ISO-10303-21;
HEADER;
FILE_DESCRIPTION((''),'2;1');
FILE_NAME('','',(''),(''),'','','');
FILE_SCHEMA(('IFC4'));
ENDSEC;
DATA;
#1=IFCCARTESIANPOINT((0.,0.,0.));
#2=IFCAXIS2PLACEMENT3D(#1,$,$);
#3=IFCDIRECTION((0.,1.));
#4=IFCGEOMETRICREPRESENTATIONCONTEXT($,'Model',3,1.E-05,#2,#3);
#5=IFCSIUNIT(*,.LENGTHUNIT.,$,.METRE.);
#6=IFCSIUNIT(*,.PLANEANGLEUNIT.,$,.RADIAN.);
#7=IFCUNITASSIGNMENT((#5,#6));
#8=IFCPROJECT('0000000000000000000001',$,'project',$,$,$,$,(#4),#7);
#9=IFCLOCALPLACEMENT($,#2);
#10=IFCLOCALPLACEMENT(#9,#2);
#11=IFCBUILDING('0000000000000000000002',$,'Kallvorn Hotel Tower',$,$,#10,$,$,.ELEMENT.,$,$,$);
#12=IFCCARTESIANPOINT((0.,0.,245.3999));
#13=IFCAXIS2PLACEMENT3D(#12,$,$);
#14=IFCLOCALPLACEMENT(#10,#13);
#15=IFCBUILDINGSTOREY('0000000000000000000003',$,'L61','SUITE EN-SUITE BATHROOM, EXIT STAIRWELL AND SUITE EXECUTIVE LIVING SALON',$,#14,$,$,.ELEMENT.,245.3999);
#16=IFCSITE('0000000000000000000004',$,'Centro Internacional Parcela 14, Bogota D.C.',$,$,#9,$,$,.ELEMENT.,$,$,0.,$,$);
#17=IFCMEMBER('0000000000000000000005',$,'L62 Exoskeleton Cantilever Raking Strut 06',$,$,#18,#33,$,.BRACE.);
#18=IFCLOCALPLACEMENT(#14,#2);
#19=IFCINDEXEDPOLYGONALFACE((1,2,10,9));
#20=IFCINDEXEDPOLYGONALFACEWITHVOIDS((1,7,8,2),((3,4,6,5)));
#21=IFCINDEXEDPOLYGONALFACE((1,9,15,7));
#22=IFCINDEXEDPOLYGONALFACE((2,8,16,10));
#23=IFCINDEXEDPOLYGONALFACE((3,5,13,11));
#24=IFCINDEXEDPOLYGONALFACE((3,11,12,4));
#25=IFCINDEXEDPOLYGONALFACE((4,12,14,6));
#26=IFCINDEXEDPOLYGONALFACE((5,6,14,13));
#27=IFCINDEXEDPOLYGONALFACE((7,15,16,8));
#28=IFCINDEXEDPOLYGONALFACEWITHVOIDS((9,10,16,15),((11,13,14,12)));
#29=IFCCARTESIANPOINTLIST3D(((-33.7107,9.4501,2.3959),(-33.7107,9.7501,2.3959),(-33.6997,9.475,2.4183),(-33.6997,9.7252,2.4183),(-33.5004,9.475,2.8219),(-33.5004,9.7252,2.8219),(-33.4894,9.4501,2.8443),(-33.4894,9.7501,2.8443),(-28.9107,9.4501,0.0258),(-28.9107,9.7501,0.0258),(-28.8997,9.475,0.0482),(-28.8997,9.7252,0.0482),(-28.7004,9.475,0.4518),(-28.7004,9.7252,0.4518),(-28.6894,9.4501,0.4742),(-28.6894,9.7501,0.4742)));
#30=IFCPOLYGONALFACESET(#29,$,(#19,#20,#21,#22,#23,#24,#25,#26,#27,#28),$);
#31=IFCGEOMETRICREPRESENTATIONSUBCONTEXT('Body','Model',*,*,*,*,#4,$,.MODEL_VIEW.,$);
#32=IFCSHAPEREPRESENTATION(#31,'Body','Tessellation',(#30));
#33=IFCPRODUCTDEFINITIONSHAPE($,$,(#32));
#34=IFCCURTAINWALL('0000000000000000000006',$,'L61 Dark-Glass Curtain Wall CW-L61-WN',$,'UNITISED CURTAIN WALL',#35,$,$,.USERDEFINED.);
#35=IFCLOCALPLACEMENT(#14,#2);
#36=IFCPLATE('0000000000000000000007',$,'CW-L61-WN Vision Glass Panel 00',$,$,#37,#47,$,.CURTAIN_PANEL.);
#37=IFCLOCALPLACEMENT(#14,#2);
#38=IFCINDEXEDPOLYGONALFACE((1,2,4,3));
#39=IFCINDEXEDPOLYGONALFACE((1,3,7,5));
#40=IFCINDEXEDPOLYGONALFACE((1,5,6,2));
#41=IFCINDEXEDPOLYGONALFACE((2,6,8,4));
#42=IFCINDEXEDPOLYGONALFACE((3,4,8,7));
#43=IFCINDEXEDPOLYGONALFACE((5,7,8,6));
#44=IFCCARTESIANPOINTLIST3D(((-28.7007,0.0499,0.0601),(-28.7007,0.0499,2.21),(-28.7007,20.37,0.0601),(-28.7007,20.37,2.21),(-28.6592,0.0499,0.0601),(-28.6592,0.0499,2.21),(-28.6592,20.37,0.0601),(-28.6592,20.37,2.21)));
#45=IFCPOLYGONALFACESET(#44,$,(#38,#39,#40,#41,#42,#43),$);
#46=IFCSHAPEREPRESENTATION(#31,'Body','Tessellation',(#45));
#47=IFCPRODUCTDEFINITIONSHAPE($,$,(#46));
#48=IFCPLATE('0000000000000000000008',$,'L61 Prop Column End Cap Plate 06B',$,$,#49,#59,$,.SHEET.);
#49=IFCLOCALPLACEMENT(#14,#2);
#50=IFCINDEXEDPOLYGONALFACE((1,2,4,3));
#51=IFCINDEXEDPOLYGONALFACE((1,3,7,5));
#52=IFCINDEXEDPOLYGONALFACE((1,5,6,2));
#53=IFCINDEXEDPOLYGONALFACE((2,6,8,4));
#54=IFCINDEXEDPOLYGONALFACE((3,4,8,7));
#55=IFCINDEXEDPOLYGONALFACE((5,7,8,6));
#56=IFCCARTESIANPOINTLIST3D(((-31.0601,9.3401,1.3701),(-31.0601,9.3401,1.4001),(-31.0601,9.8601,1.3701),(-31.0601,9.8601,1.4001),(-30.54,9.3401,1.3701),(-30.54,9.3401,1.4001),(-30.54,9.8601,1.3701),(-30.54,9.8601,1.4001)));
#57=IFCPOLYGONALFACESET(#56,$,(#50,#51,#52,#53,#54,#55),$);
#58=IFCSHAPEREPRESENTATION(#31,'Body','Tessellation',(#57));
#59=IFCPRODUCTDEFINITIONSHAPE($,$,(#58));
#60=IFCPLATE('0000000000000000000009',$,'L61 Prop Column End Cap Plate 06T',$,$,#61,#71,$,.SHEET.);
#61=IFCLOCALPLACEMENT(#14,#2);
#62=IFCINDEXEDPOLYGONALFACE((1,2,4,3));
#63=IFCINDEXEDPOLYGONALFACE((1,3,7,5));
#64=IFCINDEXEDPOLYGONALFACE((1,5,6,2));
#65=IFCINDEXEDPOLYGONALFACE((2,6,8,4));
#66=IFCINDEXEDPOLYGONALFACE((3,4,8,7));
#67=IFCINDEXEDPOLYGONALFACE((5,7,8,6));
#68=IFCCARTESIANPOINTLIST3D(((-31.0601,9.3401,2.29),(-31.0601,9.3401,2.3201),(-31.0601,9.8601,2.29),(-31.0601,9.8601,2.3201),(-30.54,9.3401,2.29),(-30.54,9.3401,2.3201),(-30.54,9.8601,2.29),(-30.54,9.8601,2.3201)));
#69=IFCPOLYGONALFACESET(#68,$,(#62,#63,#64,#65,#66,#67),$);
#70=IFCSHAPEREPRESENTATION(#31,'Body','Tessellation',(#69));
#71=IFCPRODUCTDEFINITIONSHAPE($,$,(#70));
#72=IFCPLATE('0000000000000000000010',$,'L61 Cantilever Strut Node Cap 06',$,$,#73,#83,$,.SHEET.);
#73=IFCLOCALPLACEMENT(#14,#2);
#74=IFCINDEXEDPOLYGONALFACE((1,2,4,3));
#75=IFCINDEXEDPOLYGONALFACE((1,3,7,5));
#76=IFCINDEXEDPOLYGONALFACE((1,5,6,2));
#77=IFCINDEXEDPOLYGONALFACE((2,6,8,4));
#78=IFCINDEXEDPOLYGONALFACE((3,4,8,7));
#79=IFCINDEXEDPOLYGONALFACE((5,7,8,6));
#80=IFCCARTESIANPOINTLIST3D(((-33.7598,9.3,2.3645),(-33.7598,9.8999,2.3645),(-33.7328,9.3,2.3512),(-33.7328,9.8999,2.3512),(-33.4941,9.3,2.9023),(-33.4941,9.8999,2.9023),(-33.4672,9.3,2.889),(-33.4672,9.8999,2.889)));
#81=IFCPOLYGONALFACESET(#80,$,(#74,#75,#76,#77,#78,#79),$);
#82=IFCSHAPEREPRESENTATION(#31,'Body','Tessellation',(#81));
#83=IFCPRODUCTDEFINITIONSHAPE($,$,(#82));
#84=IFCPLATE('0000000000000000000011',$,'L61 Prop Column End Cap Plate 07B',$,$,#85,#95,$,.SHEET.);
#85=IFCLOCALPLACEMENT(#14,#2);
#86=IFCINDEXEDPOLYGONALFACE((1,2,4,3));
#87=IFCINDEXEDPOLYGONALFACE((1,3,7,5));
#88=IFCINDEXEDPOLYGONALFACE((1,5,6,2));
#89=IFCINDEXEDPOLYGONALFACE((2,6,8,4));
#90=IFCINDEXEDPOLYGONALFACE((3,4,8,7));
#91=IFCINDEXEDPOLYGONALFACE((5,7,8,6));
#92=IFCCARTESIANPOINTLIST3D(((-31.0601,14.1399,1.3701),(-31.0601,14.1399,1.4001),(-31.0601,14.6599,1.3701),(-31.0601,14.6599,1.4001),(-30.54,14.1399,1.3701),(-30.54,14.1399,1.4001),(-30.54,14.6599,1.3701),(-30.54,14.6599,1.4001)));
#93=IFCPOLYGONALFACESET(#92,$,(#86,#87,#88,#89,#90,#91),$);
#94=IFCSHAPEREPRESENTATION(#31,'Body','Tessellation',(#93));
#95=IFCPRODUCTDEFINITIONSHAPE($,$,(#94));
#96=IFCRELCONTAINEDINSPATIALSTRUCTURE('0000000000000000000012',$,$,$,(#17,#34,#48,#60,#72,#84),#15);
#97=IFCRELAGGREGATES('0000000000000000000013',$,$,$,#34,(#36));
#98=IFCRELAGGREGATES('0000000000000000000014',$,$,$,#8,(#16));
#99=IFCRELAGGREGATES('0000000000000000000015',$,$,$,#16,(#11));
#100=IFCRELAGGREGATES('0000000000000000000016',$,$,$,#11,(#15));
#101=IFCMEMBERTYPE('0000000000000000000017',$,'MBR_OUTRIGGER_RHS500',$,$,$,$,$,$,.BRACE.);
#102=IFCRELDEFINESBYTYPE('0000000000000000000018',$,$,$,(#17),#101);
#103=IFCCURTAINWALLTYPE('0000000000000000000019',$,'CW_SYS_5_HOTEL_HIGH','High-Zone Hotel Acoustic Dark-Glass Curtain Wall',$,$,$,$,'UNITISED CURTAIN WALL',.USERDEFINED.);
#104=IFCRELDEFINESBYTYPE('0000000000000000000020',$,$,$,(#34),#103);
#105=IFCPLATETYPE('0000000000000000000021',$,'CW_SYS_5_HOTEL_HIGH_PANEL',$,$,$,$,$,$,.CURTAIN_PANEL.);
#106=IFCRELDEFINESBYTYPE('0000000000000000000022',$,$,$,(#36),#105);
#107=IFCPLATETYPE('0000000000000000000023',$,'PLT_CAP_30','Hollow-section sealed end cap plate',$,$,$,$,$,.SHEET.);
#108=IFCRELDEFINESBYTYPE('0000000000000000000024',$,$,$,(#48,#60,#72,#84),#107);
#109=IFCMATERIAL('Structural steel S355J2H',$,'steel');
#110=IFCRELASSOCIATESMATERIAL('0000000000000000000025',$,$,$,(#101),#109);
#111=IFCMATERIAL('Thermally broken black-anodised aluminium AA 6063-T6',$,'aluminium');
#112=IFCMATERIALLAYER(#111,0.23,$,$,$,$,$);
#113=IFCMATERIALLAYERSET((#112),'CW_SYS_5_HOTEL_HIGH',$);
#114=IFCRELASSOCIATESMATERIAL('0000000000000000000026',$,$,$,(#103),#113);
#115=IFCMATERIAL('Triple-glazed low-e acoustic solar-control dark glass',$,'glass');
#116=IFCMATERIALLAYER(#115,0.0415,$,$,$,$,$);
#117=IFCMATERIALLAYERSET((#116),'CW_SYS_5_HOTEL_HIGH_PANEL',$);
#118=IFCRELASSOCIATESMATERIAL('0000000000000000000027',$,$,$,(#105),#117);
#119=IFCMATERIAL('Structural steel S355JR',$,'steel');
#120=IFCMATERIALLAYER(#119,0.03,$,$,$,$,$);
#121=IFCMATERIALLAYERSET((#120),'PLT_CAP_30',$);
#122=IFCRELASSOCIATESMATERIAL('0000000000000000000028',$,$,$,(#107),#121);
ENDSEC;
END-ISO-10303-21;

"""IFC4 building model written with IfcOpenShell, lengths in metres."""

from ifc_helpers import new_model, si_unit, direction, frame, origin, origin_2d, place, context, subcontext, project, spatial, polyline, rectangle, hollow_rectangle, outline, extrude, material, layer, layer_set, material_profile, profile_set, type_object, element, aggregate, save


model = new_model("IFC4")

# Units and contexts
model_context = context("Model", 3, precision=1e-05, world=origin(), true_north=direction((0.0, 1.0)))
body_context = subcontext(model_context, "Body", "Model", "MODEL_VIEW")
ifc_project = project(units=[si_unit("LENGTHUNIT", "METRE"), si_unit("PLANEANGLEUNIT", "RADIAN")], contexts=[model_context])

# Site, building, storey
site_placement = place(None, origin())
site = spatial("IfcSite", under=ifc_project, at=site_placement, Name="Centro Internacional Parcela 14, Bogota D.C.", CompositionType="ELEMENT", RefElevation=0.0)
building_placement = place(site_placement, origin())
building = spatial("IfcBuilding", under=site, at=building_placement, Name="Kallvorn Hotel Tower", CompositionType="ELEMENT")
storey_placement = place(building_placement, frame((0.0, 0.0, 245.3999)))
storey = spatial("IfcBuildingStorey", under=building, at=storey_placement, Name="L61", Description="SUITE EN-SUITE BATHROOM, EXIT STAIRWELL AND SUITE EXECUTIVE LIVING SALON", CompositionType="ELEMENT", Elevation=245.3999)

# Member
ifc_material_1 = material(Name="Structural steel S355J2H", Category="steel")
ifc_material_profile_1 = material_profile(ifc_material_1, hollow_rectangle(XDim=0.3, YDim=0.5, WallThickness=0.0249, at=origin_2d()), Name="RHS 500x300x25")
ifc_profile_set_1 = profile_set([ifc_material_profile_1], Name="Structural steel S355J2H")
member_type = type_object("IfcMemberType", Name="MBR_OUTRIGGER_RHS500", PredefinedType="BRACE", material=ifc_profile_set_1)
member_placement = place(storey_placement, frame((-28.8, 9.6001, 0.25), z_axis=(-0.896651, 0.0, 0.442739), x_axis=(0.0, -1.0, 0.0)))
element("IfcMember", 1, at=member_placement, inside=storey, type_object=member_type, Name="L62 Exoskeleton Cantilever Raking Strut 06", PredefinedType="BRACE", context=body_context, shape_type="SweptSolid", body=[
    extrude(hollow_rectangle(XDim=0.3, YDim=0.5, WallThickness=0.0249, at=origin_2d()), origin(), (0.0, 0.0, 1.0), 5.3533),
])

# Curtain wall, plate
ifc_material_2 = material(Name="Thermally broken black-anodised aluminium AA 6063-T6", Category="aluminium")
ifc_layer_1 = layer(ifc_material_2, 0.23)
ifc_layer_set_1 = layer_set([ifc_layer_1], Name="CW_SYS_5_HOTEL_HIGH")
curtain_wall_type = type_object("IfcCurtainWallType", Name="CW_SYS_5_HOTEL_HIGH", Description="High-Zone Hotel Acoustic Dark-Glass Curtain Wall", ElementType="UNITISED CURTAIN WALL", PredefinedType="USERDEFINED", material=ifc_layer_set_1)
curtain_wall_placement = place(storey_placement, origin())
curtain_wall = element("IfcCurtainWall", 2, at=curtain_wall_placement, inside=storey, type_object=curtain_wall_type, Name="L61 Dark-Glass Curtain Wall CW-L61-WN", ObjectType="UNITISED CURTAIN WALL", PredefinedType="USERDEFINED")
ifc_material_3 = material(Name="Triple-glazed low-e acoustic solar-control dark glass", Category="glass")
ifc_layer_2 = layer(ifc_material_3, 0.0415)
ifc_layer_set_2 = layer_set([ifc_layer_2], Name="CW_SYS_5_HOTEL_HIGH_PANEL")
plate_type_1 = type_object("IfcPlateType", Name="CW_SYS_5_HOTEL_HIGH_PANEL", PredefinedType="CURTAIN_PANEL", material=ifc_layer_set_2)
plate_1_placement = place(storey_placement, frame((-28.6799, 10.21, 0.0601), z_axis=(0.0, 0.0, 1.0), x_axis=(0.0, 1.0, 0.0)))
plate_1 = element("IfcPlate", 3, at=plate_1_placement, type_object=plate_type_1, Name="CW-L61-WN Vision Glass Panel 00", PredefinedType="CURTAIN_PANEL", context=body_context, shape_type="SweptSolid", body=[
    extrude(rectangle(XDim=20.3201, YDim=0.0415, at=origin_2d()), origin(), (0.0, 0.0, 1.0), 2.1499),
])
aggregate(curtain_wall, [plate_1])

# Plates
ifc_material_4 = material(Name="Structural steel S355JR", Category="steel")
ifc_layer_3 = layer(ifc_material_4, 0.03)
ifc_layer_set_3 = layer_set([ifc_layer_3], Name="PLT_CAP_30")
plate_type_2 = type_object("IfcPlateType", Name="PLT_CAP_30", Description="Hollow-section sealed end cap plate", PredefinedType="SHEET", material=ifc_layer_set_3)
for number, where, z_axis, x_axis, name in (
    (4, (-30.8, 9.6001, 1.3701), (0.0, 0.0, 1.0), (1.0, 0.0, 0.0), "L61 Prop Column End Cap Plate 06B"),
    (5, (-30.8, 9.6001, 2.29), (0.0, 0.0, 1.0), (1.0, 0.0, 0.0), "L61 Prop Column End Cap Plate 06T"),
):
    element("IfcPlate", number, at=place(storey_placement, frame(where, z_axis=z_axis, x_axis=x_axis)), inside=storey, type_object=plate_type_2, Name=name, PredefinedType="SHEET", context=body_context, shape_type="SweptSolid", body=[
        extrude(rectangle(XDim=0.52, YDim=0.52, at=origin_2d()), origin(), (0.0, 0.0, 1.0), 0.03),
    ])
plate_2_placement = place(storey_placement, frame((-33.7598, 9.8999, 2.3645), z_axis=(-0.896614, 0.0, 0.442813), x_axis=(0.0, -1.0, 0.0)))
element("IfcPlate", 6, at=plate_2_placement, inside=storey, type_object=plate_type_2, Name="L61 Cantilever Strut Node Cap 06", PredefinedType="SHEET", context=body_context, shape_type="SweptSolid", body=[
    extrude(outline(polyline([(0.0, 0.0), (0.5999, 0.0), (0.5999, 0.5999), (0.0, 0.5999), (0.0, 0.0)])), origin(), (0.0, 0.0, -1.0), 0.03),
])
plate_3_placement = place(storey_placement, frame((-30.8, 14.3999, 1.3701), z_axis=(0.0, 0.0, 1.0), x_axis=(1.0, 0.0, 0.0)))
element("IfcPlate", 7, at=plate_3_placement, inside=storey, type_object=plate_type_2, Name="L61 Prop Column End Cap Plate 07B", PredefinedType="SHEET", context=body_context, shape_type="SweptSolid", body=[
    extrude(rectangle(XDim=0.52, YDim=0.52, at=origin_2d()), origin(), (0.0, 0.0, 1.0), 0.03),
])

save(model, "model.ifc")
